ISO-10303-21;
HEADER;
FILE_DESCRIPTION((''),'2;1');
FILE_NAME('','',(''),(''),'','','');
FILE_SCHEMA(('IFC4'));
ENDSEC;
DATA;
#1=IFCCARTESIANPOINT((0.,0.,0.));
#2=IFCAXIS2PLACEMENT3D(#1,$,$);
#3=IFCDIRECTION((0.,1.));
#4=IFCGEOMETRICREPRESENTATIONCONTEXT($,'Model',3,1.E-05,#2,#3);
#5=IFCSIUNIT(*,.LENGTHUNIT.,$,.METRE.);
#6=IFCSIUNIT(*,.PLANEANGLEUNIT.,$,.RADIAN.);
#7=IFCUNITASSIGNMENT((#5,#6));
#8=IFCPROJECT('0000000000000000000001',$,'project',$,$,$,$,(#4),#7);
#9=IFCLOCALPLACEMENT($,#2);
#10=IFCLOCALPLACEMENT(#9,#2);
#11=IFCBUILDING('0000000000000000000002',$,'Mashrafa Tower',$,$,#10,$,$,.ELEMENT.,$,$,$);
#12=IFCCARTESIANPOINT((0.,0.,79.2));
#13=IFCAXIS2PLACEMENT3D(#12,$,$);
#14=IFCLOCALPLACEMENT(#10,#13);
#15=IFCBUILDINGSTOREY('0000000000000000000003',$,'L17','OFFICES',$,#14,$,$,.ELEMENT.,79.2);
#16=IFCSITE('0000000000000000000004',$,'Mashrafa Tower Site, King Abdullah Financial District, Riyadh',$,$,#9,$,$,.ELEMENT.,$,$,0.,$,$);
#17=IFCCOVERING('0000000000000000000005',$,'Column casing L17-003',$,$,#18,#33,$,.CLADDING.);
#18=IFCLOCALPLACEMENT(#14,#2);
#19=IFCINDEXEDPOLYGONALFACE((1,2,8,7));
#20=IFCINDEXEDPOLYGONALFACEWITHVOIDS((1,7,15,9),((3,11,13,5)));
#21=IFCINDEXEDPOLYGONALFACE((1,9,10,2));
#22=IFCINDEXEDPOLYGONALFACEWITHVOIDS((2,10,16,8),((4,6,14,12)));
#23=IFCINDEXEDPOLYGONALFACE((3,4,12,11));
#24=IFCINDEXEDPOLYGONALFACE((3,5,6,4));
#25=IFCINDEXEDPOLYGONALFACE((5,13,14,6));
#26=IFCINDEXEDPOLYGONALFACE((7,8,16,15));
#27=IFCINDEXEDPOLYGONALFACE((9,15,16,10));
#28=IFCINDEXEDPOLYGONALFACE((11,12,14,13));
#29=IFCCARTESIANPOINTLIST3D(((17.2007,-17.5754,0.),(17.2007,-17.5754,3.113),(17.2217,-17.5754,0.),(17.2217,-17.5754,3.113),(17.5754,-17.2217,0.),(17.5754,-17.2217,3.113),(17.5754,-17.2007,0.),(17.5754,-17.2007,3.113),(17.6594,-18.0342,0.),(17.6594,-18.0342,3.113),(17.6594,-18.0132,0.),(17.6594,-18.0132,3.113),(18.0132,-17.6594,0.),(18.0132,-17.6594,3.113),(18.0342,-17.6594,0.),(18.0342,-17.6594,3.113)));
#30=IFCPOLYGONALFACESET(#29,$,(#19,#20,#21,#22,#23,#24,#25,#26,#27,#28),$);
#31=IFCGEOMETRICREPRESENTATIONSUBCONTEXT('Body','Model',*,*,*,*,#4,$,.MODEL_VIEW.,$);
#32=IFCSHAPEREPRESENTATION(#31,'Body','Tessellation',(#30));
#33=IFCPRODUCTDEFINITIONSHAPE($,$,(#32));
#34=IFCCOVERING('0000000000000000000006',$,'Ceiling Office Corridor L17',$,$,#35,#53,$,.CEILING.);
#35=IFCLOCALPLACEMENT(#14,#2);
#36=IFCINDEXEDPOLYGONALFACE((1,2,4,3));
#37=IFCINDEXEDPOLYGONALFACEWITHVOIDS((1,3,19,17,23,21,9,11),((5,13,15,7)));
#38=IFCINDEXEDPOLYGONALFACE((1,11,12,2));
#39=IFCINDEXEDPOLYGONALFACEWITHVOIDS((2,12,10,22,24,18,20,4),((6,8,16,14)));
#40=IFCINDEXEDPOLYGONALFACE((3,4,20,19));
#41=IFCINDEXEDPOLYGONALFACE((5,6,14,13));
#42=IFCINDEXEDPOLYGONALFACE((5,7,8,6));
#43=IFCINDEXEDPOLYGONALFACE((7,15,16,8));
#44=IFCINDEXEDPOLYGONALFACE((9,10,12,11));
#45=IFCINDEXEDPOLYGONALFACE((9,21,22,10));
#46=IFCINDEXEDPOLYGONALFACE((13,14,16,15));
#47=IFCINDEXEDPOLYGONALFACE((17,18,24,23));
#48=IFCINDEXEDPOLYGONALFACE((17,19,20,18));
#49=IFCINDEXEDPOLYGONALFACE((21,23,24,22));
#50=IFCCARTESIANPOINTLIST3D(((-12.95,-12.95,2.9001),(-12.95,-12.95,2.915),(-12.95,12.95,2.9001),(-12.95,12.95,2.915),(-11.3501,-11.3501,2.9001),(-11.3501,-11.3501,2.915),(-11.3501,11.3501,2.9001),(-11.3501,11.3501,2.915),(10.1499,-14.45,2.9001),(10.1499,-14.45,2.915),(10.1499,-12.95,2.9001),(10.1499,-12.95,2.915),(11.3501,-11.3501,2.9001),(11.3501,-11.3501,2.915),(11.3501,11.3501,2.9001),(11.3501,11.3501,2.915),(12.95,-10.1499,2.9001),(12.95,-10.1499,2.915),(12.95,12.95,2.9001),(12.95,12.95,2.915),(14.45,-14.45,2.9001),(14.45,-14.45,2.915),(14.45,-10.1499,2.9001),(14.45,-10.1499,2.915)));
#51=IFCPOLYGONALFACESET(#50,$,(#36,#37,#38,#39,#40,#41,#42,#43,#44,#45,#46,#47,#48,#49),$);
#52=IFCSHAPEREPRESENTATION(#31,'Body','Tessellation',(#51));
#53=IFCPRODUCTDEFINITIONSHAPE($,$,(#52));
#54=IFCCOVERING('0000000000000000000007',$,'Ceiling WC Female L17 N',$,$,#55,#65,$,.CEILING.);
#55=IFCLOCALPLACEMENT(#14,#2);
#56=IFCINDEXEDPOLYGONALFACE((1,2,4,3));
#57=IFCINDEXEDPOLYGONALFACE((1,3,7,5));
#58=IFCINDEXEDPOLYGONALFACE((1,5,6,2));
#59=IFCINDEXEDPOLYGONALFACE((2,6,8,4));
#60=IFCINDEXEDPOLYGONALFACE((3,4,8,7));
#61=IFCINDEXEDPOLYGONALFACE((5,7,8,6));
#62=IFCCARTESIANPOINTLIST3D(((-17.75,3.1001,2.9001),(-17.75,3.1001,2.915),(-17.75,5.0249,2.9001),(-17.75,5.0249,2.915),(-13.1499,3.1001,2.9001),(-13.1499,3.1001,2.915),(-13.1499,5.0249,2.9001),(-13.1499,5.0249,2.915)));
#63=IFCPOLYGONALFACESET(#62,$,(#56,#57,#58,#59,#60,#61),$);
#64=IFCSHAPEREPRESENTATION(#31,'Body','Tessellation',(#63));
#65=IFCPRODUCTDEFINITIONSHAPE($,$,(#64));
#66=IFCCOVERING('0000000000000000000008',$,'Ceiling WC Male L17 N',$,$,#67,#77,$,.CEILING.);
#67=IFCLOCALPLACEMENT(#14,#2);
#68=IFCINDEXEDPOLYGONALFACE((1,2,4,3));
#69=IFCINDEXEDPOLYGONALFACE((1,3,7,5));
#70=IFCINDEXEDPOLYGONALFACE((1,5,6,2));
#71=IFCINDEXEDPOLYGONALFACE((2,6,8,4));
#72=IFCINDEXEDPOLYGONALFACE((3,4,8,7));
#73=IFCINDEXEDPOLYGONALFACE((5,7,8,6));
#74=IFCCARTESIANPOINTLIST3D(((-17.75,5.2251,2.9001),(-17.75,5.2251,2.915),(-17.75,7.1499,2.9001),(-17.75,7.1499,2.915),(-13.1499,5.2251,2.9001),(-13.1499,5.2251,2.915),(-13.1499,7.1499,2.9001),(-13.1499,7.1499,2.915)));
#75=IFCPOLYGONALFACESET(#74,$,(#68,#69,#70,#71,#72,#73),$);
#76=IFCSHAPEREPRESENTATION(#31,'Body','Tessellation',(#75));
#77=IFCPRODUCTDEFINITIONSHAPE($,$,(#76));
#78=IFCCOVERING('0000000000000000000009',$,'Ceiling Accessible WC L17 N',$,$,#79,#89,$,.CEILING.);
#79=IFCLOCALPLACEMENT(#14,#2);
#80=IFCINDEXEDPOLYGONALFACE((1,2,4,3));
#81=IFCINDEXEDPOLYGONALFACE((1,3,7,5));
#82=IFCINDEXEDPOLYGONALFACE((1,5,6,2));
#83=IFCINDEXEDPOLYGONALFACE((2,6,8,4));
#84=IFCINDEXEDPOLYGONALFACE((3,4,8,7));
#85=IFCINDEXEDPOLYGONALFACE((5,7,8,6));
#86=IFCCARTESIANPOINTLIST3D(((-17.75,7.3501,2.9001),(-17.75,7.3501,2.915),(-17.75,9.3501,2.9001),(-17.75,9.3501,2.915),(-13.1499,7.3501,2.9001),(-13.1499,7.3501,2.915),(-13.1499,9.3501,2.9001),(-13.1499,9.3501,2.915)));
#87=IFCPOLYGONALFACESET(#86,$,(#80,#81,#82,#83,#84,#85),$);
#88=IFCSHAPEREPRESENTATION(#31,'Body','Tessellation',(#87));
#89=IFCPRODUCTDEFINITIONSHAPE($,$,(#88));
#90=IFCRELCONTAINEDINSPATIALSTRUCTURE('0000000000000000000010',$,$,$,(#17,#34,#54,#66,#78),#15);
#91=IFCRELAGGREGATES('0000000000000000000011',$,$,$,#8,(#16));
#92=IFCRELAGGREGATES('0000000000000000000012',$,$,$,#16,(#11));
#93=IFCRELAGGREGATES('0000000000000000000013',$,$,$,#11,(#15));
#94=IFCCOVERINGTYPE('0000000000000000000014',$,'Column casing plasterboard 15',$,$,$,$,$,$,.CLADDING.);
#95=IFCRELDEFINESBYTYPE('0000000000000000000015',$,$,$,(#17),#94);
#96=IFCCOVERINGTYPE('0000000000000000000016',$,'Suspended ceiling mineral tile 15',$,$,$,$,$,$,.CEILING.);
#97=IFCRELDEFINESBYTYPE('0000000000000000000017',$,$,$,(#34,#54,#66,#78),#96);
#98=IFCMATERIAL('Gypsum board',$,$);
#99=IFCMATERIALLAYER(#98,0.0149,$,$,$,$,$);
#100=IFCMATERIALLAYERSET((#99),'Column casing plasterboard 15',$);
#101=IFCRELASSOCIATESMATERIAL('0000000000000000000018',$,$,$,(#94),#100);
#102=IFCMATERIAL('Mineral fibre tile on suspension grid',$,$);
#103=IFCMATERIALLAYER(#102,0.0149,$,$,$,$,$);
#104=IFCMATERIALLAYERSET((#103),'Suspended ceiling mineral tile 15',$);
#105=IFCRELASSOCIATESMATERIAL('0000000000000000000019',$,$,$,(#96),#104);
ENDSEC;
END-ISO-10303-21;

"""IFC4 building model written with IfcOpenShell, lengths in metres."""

from ifc_helpers import new_model, si_unit, direction, frame, origin, place, context, subcontext, project, spatial, polyline, outline, extrude, material, layer, layer_set, type_object, element, save


model = new_model("IFC4")

# Units and contexts
model_context = context("Model", 3, precision=1e-05, world=origin(), true_north=direction((0.0, 1.0)))
body_context = subcontext(model_context, "Body", "Model", "MODEL_VIEW")
ifc_project = project(units=[si_unit("LENGTHUNIT", "METRE"), si_unit("PLANEANGLEUNIT", "RADIAN")], contexts=[model_context])

# Site, building, storey
site_placement = place(None, origin())
site = spatial("IfcSite", under=ifc_project, at=site_placement, Name="Mashrafa Tower Site, King Abdullah Financial District, Riyadh", CompositionType="ELEMENT", RefElevation=0.0)
building_placement = place(site_placement, origin())
building = spatial("IfcBuilding", under=site, at=building_placement, Name="Mashrafa Tower", CompositionType="ELEMENT")
storey_placement = place(building_placement, frame((0.0, 0.0, 79.2)))
storey = spatial("IfcBuildingStorey", under=building, at=storey_placement, Name="L17", Description="OFFICES", CompositionType="ELEMENT", Elevation=79.2)

# Coverings
ifc_material_1 = material(Name="Gypsum board")
ifc_layer_1 = layer(ifc_material_1, 0.0149)
ifc_layer_set_1 = layer_set([ifc_layer_1], Name="Column casing plasterboard 15")
covering_type_1 = type_object("IfcCoveringType", Name="Column casing plasterboard 15", PredefinedType="CLADDING", material=ifc_layer_set_1)
covering_1_placement = place(storey_placement, origin())
element("IfcCovering", 1, at=covering_1_placement, inside=storey, type_object=covering_type_1, Name="Column casing L17-003", PredefinedType="CLADDING", context=body_context, shape_type="SweptSolid", body=[
    extrude(outline(polyline([(17.2007, -17.5754), (17.5754, -17.2007), (18.0342, -17.6594), (17.6594, -18.0342), (17.2007, -17.5754)]), holes=[polyline([(18.0132, -17.6594), (17.5754, -17.2217), (17.2217, -17.5754), (17.6594, -18.0132), (18.0132, -17.6594)])]), origin(), (0.0, 0.0, 1.0), 3.113),
])
ifc_material_2 = material(Name="Mineral fibre tile on suspension grid")
ifc_layer_2 = layer(ifc_material_2, 0.0149)
ifc_layer_set_2 = layer_set([ifc_layer_2], Name="Suspended ceiling mineral tile 15")
covering_type_2 = type_object("IfcCoveringType", Name="Suspended ceiling mineral tile 15", PredefinedType="CEILING", material=ifc_layer_set_2)
covering_2_placement = place(storey_placement, frame((0.0, 0.0, 2.9001)))
element("IfcCovering", 2, at=covering_2_placement, inside=storey, type_object=covering_type_2, Name="Ceiling Office Corridor L17", PredefinedType="CEILING", context=body_context, shape_type="SweptSolid", body=[
    extrude(outline(polyline([(14.45, -10.1499), (14.45, -14.45), (10.1499, -14.45), (10.1499, -12.95), (-12.95, -12.95), (-12.95, 12.95), (12.95, 12.95), (12.95, -10.1499), (14.45, -10.1499)]), holes=[polyline([(11.3501, 11.3501), (-11.3501, 11.3501), (-11.3501, -11.3501), (11.3501, -11.3501), (11.3501, 11.3501)])]), origin(), (0.0, 0.0, 1.0), 0.0149),
])
covering_3_placement = place(storey_placement, frame((0.0, 0.0, 2.9001)))
element("IfcCovering", 3, at=covering_3_placement, inside=storey, type_object=covering_type_2, Name="Ceiling WC Female L17 N", PredefinedType="CEILING", context=body_context, shape_type="SweptSolid", body=[
    extrude(outline(polyline([(-17.75, 3.1001), (-17.75, 5.0249), (-13.1499, 5.0249), (-13.1499, 3.1001), (-17.75, 3.1001)])), origin(), (0.0, 0.0, 1.0), 0.0149),
])
covering_4_placement = place(storey_placement, frame((0.0, 0.0, 2.9001)))
element("IfcCovering", 4, at=covering_4_placement, inside=storey, type_object=covering_type_2, Name="Ceiling WC Male L17 N", PredefinedType="CEILING", context=body_context, shape_type="SweptSolid", body=[
    extrude(outline(polyline([(-17.75, 5.2251), (-17.75, 7.1499), (-13.1499, 7.1499), (-13.1499, 5.2251), (-17.75, 5.2251)])), origin(), (0.0, 0.0, 1.0), 0.0149),
])
covering_5_placement = place(storey_placement, frame((0.0, 0.0, 2.9001)))
element("IfcCovering", 5, at=covering_5_placement, inside=storey, type_object=covering_type_2, Name="Ceiling Accessible WC L17 N", PredefinedType="CEILING", context=body_context, shape_type="SweptSolid", body=[
    extrude(outline(polyline([(-17.75, 7.3501), (-17.75, 9.3501), (-13.1499, 9.3501), (-13.1499, 7.3501), (-17.75, 7.3501)])), origin(), (0.0, 0.0, 1.0), 0.0149),
])

save(model, "model.ifc")
